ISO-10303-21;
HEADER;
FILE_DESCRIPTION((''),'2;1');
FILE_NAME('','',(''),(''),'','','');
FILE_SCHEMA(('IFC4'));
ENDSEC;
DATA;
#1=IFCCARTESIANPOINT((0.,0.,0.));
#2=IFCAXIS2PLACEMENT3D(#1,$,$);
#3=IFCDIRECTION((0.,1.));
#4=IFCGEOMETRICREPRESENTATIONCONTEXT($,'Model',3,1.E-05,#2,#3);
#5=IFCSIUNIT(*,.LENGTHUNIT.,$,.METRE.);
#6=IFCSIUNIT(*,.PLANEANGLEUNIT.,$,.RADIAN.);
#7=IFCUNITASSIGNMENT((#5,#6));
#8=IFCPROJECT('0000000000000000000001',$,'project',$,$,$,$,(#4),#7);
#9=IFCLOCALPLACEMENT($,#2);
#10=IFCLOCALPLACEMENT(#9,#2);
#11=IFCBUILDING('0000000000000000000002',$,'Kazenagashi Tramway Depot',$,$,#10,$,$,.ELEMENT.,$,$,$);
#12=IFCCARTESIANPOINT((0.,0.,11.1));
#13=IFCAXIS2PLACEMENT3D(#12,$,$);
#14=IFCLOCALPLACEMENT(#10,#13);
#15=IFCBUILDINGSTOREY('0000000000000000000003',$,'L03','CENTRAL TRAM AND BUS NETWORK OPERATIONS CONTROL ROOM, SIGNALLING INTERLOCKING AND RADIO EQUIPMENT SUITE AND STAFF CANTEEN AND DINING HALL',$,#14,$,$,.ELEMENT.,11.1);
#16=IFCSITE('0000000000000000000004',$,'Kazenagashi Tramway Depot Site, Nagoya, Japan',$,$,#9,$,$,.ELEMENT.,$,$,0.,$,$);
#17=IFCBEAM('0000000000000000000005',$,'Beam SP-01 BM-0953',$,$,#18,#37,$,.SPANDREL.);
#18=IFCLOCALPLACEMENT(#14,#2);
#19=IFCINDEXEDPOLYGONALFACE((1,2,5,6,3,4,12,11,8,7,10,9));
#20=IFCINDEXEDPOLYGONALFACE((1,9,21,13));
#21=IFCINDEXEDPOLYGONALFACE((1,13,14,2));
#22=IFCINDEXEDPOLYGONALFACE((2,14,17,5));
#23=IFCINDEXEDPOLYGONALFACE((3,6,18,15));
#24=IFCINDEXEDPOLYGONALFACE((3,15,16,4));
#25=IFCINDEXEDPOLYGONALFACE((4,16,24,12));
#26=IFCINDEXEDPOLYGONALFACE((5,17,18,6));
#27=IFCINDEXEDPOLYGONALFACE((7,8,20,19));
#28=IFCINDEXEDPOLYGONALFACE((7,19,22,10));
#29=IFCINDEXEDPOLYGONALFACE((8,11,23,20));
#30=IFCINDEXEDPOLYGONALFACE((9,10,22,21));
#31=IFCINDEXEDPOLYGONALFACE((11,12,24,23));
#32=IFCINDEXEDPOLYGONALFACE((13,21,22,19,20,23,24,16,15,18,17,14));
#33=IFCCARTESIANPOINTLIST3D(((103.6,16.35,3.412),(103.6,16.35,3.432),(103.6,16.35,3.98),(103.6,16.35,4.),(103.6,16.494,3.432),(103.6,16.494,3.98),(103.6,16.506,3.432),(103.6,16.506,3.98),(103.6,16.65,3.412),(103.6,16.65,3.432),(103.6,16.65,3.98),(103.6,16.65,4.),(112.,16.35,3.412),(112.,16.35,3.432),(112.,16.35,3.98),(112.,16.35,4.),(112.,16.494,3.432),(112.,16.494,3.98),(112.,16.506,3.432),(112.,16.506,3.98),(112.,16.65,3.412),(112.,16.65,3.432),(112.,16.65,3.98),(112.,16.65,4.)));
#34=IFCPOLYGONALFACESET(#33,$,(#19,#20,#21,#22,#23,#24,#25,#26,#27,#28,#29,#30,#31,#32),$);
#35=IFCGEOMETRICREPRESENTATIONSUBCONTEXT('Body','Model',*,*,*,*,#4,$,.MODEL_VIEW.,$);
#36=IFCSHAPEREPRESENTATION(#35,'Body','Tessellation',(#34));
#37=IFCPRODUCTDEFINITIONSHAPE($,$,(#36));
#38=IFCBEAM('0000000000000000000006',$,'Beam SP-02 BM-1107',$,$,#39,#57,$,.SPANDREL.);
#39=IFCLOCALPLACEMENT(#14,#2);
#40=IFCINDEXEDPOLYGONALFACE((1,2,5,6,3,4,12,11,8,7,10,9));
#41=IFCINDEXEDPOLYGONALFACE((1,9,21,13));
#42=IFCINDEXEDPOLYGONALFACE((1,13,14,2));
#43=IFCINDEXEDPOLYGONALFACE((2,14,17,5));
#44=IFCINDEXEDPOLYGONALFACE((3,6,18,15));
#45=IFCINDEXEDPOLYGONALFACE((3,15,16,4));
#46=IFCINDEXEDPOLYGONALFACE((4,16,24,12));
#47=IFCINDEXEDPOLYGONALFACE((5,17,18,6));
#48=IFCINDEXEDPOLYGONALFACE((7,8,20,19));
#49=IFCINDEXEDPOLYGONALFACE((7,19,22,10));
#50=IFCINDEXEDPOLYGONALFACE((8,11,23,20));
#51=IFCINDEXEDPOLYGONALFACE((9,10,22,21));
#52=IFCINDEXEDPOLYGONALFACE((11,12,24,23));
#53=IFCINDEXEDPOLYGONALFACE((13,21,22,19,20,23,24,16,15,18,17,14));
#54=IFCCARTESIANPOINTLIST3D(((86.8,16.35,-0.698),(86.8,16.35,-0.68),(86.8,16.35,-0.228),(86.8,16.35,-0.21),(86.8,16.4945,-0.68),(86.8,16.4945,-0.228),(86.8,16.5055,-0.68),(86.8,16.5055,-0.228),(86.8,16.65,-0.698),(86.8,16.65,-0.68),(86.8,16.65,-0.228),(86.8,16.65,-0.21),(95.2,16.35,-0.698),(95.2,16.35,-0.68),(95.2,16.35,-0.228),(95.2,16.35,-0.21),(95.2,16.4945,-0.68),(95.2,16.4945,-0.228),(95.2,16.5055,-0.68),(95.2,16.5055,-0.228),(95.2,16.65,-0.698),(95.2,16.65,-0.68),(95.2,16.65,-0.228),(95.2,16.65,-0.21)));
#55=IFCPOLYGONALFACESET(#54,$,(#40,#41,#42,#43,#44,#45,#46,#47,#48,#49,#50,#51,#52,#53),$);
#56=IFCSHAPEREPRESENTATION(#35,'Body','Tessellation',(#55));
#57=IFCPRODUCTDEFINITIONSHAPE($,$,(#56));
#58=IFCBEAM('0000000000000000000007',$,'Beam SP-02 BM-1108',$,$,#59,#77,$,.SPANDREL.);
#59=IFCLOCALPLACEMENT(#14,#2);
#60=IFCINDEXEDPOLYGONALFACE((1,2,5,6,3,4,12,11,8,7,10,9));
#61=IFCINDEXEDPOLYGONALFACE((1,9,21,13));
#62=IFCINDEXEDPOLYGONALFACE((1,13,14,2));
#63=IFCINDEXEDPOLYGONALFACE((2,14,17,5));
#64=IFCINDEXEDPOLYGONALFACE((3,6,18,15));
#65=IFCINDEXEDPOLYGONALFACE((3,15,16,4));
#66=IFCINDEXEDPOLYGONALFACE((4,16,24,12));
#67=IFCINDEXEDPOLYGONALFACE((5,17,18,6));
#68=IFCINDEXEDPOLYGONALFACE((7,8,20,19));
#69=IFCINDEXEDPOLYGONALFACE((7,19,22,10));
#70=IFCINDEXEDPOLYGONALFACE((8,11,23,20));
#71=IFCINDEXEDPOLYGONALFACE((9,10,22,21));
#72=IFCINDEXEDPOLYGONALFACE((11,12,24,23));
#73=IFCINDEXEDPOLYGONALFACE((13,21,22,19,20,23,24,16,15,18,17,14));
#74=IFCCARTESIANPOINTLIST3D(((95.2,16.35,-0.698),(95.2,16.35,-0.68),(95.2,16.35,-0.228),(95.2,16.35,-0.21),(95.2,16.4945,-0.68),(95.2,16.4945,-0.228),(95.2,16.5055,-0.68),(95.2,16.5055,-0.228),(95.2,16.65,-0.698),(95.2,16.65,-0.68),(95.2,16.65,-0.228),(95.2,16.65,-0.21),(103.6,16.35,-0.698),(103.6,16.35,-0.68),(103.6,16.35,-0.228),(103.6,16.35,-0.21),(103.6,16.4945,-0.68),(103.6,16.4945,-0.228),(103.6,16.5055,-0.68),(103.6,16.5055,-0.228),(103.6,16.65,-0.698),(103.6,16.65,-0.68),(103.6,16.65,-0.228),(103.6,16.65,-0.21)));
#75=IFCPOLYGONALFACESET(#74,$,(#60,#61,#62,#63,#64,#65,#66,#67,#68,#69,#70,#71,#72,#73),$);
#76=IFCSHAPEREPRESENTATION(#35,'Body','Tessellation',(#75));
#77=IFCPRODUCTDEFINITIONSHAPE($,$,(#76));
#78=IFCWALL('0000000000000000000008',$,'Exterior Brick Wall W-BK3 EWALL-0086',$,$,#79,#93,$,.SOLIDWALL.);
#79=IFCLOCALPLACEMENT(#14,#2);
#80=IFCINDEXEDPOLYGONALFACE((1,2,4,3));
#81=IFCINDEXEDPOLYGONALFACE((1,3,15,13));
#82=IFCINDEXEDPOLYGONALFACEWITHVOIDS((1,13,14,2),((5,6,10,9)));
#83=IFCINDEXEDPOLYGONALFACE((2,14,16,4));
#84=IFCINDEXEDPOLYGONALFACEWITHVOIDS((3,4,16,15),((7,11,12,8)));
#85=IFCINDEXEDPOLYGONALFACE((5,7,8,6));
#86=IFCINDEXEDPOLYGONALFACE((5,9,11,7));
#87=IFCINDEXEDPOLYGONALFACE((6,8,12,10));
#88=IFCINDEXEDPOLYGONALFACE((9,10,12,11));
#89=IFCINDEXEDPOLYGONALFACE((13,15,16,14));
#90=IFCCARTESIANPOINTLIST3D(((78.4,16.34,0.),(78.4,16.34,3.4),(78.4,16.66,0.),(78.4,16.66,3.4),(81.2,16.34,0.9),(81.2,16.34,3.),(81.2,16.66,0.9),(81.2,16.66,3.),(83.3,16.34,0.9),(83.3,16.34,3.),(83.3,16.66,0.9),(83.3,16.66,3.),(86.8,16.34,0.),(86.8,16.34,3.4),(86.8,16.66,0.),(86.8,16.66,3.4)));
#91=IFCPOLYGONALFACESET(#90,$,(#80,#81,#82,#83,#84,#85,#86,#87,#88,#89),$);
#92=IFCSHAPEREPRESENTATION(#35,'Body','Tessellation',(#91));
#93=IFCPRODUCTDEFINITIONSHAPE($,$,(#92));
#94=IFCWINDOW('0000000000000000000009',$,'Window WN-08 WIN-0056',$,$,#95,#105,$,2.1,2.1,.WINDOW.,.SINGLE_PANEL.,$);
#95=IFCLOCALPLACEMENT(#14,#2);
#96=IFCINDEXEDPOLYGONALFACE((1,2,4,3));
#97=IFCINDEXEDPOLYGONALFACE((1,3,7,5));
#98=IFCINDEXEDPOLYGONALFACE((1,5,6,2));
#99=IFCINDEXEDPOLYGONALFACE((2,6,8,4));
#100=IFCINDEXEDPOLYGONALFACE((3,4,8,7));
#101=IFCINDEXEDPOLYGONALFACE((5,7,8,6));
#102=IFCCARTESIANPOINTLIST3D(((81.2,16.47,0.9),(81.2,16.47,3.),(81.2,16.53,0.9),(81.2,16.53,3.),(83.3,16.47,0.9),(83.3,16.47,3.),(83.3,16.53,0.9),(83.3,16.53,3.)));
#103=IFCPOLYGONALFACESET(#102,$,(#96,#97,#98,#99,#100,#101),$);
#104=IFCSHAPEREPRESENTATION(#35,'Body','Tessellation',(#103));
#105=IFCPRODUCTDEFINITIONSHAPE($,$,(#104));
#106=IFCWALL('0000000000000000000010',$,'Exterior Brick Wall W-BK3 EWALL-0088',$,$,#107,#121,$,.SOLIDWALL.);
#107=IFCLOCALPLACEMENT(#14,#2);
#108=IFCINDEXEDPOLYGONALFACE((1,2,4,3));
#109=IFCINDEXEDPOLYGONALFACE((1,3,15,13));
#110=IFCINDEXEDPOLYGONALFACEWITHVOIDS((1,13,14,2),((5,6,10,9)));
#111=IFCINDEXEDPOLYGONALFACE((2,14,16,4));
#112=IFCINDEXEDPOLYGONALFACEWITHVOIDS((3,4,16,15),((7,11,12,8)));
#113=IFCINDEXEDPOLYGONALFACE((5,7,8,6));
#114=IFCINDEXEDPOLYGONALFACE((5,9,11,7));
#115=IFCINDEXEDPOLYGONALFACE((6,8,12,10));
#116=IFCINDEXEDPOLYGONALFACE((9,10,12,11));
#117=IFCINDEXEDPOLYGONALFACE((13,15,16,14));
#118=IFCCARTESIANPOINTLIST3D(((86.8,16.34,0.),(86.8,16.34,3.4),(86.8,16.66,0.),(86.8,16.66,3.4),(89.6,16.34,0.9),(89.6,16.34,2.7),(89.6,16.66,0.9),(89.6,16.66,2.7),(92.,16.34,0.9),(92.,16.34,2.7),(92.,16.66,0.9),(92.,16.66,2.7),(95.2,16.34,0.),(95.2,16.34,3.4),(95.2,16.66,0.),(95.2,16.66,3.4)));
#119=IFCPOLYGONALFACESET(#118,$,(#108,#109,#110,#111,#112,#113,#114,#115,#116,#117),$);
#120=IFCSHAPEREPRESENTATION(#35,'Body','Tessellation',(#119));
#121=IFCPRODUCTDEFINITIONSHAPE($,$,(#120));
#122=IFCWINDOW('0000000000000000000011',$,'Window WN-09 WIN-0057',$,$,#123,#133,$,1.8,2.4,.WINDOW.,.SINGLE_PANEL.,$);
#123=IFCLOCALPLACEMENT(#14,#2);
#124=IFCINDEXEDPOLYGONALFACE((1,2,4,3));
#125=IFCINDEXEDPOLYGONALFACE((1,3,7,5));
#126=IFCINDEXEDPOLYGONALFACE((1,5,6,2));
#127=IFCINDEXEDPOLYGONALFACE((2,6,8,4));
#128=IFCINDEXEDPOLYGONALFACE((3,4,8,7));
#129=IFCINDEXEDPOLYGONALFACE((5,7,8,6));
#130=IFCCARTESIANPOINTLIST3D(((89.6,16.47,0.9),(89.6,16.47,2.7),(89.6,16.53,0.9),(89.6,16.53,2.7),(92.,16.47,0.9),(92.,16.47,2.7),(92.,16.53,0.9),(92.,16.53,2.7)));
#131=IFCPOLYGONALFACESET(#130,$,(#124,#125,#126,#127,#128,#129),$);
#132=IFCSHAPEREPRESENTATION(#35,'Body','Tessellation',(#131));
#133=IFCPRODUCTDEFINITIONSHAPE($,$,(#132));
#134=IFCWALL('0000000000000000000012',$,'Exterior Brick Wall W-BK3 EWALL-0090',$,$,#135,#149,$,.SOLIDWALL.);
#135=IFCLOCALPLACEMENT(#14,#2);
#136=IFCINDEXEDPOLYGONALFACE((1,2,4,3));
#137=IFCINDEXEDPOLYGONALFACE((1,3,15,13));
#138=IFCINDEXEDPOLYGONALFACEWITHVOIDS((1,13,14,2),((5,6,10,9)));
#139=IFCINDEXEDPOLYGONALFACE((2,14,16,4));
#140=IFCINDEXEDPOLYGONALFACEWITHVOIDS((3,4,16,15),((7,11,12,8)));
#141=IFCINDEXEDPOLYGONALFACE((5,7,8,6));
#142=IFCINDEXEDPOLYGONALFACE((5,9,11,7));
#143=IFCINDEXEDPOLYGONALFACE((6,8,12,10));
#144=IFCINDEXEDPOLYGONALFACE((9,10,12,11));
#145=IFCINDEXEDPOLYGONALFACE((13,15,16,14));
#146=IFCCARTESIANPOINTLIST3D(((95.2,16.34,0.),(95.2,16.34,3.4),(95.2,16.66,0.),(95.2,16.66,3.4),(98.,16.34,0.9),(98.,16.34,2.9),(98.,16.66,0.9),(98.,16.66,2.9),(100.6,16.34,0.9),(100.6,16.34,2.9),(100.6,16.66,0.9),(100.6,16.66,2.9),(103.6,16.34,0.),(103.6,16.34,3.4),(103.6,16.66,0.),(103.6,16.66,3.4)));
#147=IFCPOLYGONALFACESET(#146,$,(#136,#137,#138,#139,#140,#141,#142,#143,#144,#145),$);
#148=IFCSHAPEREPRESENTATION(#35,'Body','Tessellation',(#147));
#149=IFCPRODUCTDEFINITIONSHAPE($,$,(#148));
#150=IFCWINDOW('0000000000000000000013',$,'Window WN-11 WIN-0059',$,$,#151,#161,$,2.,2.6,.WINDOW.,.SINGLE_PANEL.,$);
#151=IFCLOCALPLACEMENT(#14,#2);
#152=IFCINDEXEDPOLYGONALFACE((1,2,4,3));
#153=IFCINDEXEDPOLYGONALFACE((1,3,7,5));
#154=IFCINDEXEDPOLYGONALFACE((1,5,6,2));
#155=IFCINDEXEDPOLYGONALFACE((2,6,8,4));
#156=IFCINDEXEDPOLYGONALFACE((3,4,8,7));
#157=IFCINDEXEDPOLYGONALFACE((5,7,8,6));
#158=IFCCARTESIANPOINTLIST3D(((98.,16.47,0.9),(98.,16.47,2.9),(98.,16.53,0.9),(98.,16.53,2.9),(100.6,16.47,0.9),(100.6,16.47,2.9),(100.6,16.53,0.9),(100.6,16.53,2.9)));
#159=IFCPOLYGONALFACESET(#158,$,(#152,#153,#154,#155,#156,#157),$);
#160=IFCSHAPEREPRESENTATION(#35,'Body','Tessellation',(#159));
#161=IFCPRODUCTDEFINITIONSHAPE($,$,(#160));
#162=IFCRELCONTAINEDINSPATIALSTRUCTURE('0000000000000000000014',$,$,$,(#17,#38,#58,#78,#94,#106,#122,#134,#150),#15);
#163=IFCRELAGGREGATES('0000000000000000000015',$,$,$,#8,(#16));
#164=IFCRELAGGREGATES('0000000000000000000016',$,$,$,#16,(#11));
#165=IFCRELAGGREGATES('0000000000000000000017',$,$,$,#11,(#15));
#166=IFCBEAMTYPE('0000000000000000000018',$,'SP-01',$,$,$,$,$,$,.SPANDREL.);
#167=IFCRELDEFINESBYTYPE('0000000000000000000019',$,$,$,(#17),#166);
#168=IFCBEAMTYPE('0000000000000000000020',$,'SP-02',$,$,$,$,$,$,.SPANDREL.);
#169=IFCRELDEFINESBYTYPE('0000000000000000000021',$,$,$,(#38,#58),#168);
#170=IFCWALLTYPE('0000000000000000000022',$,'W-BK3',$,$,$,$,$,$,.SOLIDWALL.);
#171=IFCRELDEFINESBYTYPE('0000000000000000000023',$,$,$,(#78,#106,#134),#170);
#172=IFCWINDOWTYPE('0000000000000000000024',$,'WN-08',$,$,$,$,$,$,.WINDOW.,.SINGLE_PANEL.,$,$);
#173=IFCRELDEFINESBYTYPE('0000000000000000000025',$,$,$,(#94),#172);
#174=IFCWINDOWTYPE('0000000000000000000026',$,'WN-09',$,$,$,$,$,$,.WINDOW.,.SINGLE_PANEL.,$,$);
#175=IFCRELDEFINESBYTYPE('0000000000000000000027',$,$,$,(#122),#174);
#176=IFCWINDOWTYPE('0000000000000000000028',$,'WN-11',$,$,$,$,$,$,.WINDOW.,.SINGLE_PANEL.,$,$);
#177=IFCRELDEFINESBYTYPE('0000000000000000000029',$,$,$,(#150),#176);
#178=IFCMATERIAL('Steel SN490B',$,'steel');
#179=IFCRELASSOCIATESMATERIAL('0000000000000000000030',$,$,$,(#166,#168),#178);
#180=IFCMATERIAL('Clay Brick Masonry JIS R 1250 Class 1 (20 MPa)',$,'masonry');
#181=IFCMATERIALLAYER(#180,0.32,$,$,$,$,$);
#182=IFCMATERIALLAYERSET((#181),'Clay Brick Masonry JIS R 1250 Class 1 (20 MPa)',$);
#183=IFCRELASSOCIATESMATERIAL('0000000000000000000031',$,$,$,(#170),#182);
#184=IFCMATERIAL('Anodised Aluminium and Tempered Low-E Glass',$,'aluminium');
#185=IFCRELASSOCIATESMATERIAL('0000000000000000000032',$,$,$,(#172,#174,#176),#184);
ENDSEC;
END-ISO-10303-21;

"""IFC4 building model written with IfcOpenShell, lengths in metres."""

from ifc_helpers import new_model, si_unit, direction, frame, frame_2d, origin, origin_2d, place, context, subcontext, project, spatial, rectangle, i_section, extrude, material, layer, layer_set, material_profile, profile_set, type_object, element, fill, save


model = new_model("IFC4")

# Units and contexts
model_context = context("Model", 3, precision=1e-05, world=origin(), true_north=direction((0.0, 1.0)))
body_context = subcontext(model_context, "Body", "Model", "MODEL_VIEW")
ifc_project = project(units=[si_unit("LENGTHUNIT", "METRE"), si_unit("PLANEANGLEUNIT", "RADIAN")], contexts=[model_context])

# Site, building, storey
site_placement = place(None, origin())
site = spatial("IfcSite", under=ifc_project, at=site_placement, Name="Kazenagashi Tramway Depot Site, Nagoya, Japan", CompositionType="ELEMENT", RefElevation=0.0)
building_placement = place(site_placement, origin())
building = spatial("IfcBuilding", under=site, at=building_placement, Name="Kazenagashi Tramway Depot", CompositionType="ELEMENT")
storey_placement = place(building_placement, frame((0.0, 0.0, 11.1)))
storey = spatial("IfcBuildingStorey", under=building, at=storey_placement, Name="L03", Description="CENTRAL TRAM AND BUS NETWORK OPERATIONS CONTROL ROOM, SIGNALLING INTERLOCKING AND RADIO EQUIPMENT SUITE AND STAFF CANTEEN AND DINING HALL", CompositionType="ELEMENT", Elevation=11.1)

# Shared definitions
ifc_material_1 = material(Name="Steel SN490B", Category="steel")

# Beams
ifc_material_profile_1 = material_profile(ifc_material_1, i_section(OverallWidth=0.3, OverallDepth=0.588, WebThickness=0.012, FlangeThickness=0.02, at=origin_2d()), Name="H-588x300x12x20")
ifc_profile_set_1 = profile_set([ifc_material_profile_1], Name="Steel SN490B")
beam_type_1 = type_object("IfcBeamType", Name="SP-01", PredefinedType="SPANDREL", material=ifc_profile_set_1)
for number, where, z_axis, x_axis, name in (
    (1, (103.6, 16.5, 3.706), (1.0, 0.0, 0.0), (0.0, 1.0, 0.0), "Beam SP-01 BM-0953"),
):
    element("IfcBeam", number, at=place(storey_placement, frame(where, z_axis=z_axis, x_axis=x_axis)), inside=storey, type_object=beam_type_1, Name=name, PredefinedType="SPANDREL", context=body_context, shape_type="SweptSolid", body=[
        extrude(i_section(OverallWidth=0.3, OverallDepth=0.588, WebThickness=0.012, FlangeThickness=0.02, at=origin_2d()), origin(), (0.0, 0.0, 1.0), 8.4),
    ])
ifc_material_profile_2 = material_profile(ifc_material_1, i_section(OverallWidth=0.3, OverallDepth=0.488, WebThickness=0.011, FlangeThickness=0.018, at=origin_2d()), Name="H-488x300x11x18")
ifc_profile_set_2 = profile_set([ifc_material_profile_2], Name="Steel SN490B")
beam_type_2 = type_object("IfcBeamType", Name="SP-02", PredefinedType="SPANDREL", material=ifc_profile_set_2)
for number, where, z_axis, x_axis, name in (
    (2, (86.8, 16.5, -0.454), (1.0, 0.0, 0.0), (0.0, 1.0, 0.0), "Beam SP-02 BM-1107"),
    (3, (95.2, 16.5, -0.454), (1.0, 0.0, 0.0), (0.0, 1.0, 0.0), "Beam SP-02 BM-1108"),
):
    element("IfcBeam", number, at=place(storey_placement, frame(where, z_axis=z_axis, x_axis=x_axis)), inside=storey, type_object=beam_type_2, Name=name, PredefinedType="SPANDREL", context=body_context, shape_type="SweptSolid", body=[
        extrude(i_section(OverallWidth=0.3, OverallDepth=0.488, WebThickness=0.011, FlangeThickness=0.018, at=origin_2d()), origin(), (0.0, 0.0, 1.0), 8.4),
    ])

# Walls, openings, windows
ifc_material_2 = material(Name="Clay Brick Masonry JIS R 1250 Class 1 (20 MPa)", Category="masonry")
ifc_layer = layer(ifc_material_2, 0.32)
ifc_layer_set = layer_set([ifc_layer], Name="Clay Brick Masonry JIS R 1250 Class 1 (20 MPa)")
wall_type = type_object("IfcWallType", Name="W-BK3", PredefinedType="SOLIDWALL", material=ifc_layer_set)
wall_1_placement = place(storey_placement, frame((78.4, 16.5, 0.0), z_axis=(0.0, 0.0, 1.0), x_axis=(1.0, 0.0, 0.0)))
wall_1 = element("IfcWall", 4, at=wall_1_placement, inside=storey, type_object=wall_type, Name="Exterior Brick Wall W-BK3 EWALL-0086", PredefinedType="SOLIDWALL", context=body_context, shape_type="SweptSolid", body=[
    extrude(rectangle(XDim=8.4, YDim=0.32, at=frame_2d((4.2, 0.0))), origin(), (0.0, 0.0, 1.0), 3.4),
])
opening_1_placement = place(wall_1_placement, frame((2.8, 0.0, 0.9)))
opening_1 = element("IfcOpeningElement", 5, at=opening_1_placement, cuts=wall_1, PredefinedType="OPENING", context=body_context, shape_type="SweptSolid", body=[
    extrude(rectangle(XDim=2.1, YDim=2.1, at=frame_2d((1.05, 1.05))), frame((0.0, 0.17, 0.0), z_axis=(0.0, -1.0, 0.0), x_axis=(1.0, 0.0, 0.0)), (0.0, 0.0, 1.0), 0.34),
])
ifc_material_3 = material(Name="Anodised Aluminium and Tempered Low-E Glass", Category="aluminium")
window_type_1 = type_object("IfcWindowType", Name="WN-08", PartitioningType="SINGLE_PANEL", PredefinedType="WINDOW", material=ifc_material_3)
window_1_placement = place(opening_1_placement, origin())
window_1 = element("IfcWindow", 6, at=window_1_placement, inside=storey, type_object=window_type_1, Name="Window WN-08 WIN-0056", OverallHeight=2.1, OverallWidth=2.1, PartitioningType="SINGLE_PANEL", PredefinedType="WINDOW", context=body_context, shape_type="SweptSolid", body=[
    extrude(rectangle(XDim=2.1, YDim=2.1, at=frame_2d((1.05, 1.05))), frame((0.0, 0.03, 0.0), z_axis=(0.0, -1.0, 0.0), x_axis=(1.0, 0.0, 0.0)), (0.0, 0.0, 1.0), 0.06),
])
fill(opening_1, window_1)
wall_2_placement = place(storey_placement, frame((86.8, 16.5, 0.0), z_axis=(0.0, 0.0, 1.0), x_axis=(1.0, 0.0, 0.0)))
wall_2 = element("IfcWall", 7, at=wall_2_placement, inside=storey, type_object=wall_type, Name="Exterior Brick Wall W-BK3 EWALL-0088", PredefinedType="SOLIDWALL", context=body_context, shape_type="SweptSolid", body=[
    extrude(rectangle(XDim=8.4, YDim=0.32, at=frame_2d((4.2, 0.0))), origin(), (0.0, 0.0, 1.0), 3.4),
])
opening_2_placement = place(wall_2_placement, frame((2.8, 0.0, 0.9)))
opening_2 = element("IfcOpeningElement", 8, at=opening_2_placement, cuts=wall_2, PredefinedType="OPENING", context=body_context, shape_type="SweptSolid", body=[
    extrude(rectangle(XDim=2.4, YDim=1.8, at=frame_2d((1.2, 0.9))), frame((0.0, 0.17, 0.0), z_axis=(0.0, -1.0, 0.0), x_axis=(1.0, 0.0, 0.0)), (0.0, 0.0, 1.0), 0.34),
])
window_type_2 = type_object("IfcWindowType", Name="WN-09", PartitioningType="SINGLE_PANEL", PredefinedType="WINDOW", material=ifc_material_3)
window_2_placement = place(opening_2_placement, origin())
window_2 = element("IfcWindow", 9, at=window_2_placement, inside=storey, type_object=window_type_2, Name="Window WN-09 WIN-0057", OverallHeight=1.8, OverallWidth=2.4, PartitioningType="SINGLE_PANEL", PredefinedType="WINDOW", context=body_context, shape_type="SweptSolid", body=[
    extrude(rectangle(XDim=2.4, YDim=1.8, at=frame_2d((1.2, 0.9))), frame((0.0, 0.03, 0.0), z_axis=(0.0, -1.0, 0.0), x_axis=(1.0, 0.0, 0.0)), (0.0, 0.0, 1.0), 0.06),
])
fill(opening_2, window_2)
wall_3_placement = place(storey_placement, frame((95.2, 16.5, 0.0), z_axis=(0.0, 0.0, 1.0), x_axis=(1.0, 0.0, 0.0)))
wall_3 = element("IfcWall", 10, at=wall_3_placement, inside=storey, type_object=wall_type, Name="Exterior Brick Wall W-BK3 EWALL-0090", PredefinedType="SOLIDWALL", context=body_context, shape_type="SweptSolid", body=[
    extrude(rectangle(XDim=8.4, YDim=0.32, at=frame_2d((4.2, 0.0))), origin(), (0.0, 0.0, 1.0), 3.4),
])
opening_3_placement = place(wall_3_placement, frame((2.8, 0.0, 0.9)))
opening_3 = element("IfcOpeningElement", 11, at=opening_3_placement, cuts=wall_3, PredefinedType="OPENING", context=body_context, shape_type="SweptSolid", body=[
    extrude(rectangle(XDim=2.6, YDim=2.0, at=frame_2d((1.3, 1.0))), frame((0.0, 0.17, 0.0), z_axis=(0.0, -1.0, 0.0), x_axis=(1.0, 0.0, 0.0)), (0.0, 0.0, 1.0), 0.34),
])
window_type_3 = type_object("IfcWindowType", Name="WN-11", PartitioningType="SINGLE_PANEL", PredefinedType="WINDOW", material=ifc_material_3)
window_3_placement = place(opening_3_placement, origin())
window_3 = element("IfcWindow", 12, at=window_3_placement, inside=storey, type_object=window_type_3, Name="Window WN-11 WIN-0059", OverallHeight=2.0, OverallWidth=2.6, PartitioningType="SINGLE_PANEL", PredefinedType="WINDOW", context=body_context, shape_type="SweptSolid", body=[
    extrude(rectangle(XDim=2.6, YDim=2.0, at=frame_2d((1.3, 1.0))), frame((0.0, 0.03, 0.0), z_axis=(0.0, -1.0, 0.0), x_axis=(1.0, 0.0, 0.0)), (0.0, 0.0, 1.0), 0.06),
])
fill(opening_3, window_3)

save(model, "model.ifc")
